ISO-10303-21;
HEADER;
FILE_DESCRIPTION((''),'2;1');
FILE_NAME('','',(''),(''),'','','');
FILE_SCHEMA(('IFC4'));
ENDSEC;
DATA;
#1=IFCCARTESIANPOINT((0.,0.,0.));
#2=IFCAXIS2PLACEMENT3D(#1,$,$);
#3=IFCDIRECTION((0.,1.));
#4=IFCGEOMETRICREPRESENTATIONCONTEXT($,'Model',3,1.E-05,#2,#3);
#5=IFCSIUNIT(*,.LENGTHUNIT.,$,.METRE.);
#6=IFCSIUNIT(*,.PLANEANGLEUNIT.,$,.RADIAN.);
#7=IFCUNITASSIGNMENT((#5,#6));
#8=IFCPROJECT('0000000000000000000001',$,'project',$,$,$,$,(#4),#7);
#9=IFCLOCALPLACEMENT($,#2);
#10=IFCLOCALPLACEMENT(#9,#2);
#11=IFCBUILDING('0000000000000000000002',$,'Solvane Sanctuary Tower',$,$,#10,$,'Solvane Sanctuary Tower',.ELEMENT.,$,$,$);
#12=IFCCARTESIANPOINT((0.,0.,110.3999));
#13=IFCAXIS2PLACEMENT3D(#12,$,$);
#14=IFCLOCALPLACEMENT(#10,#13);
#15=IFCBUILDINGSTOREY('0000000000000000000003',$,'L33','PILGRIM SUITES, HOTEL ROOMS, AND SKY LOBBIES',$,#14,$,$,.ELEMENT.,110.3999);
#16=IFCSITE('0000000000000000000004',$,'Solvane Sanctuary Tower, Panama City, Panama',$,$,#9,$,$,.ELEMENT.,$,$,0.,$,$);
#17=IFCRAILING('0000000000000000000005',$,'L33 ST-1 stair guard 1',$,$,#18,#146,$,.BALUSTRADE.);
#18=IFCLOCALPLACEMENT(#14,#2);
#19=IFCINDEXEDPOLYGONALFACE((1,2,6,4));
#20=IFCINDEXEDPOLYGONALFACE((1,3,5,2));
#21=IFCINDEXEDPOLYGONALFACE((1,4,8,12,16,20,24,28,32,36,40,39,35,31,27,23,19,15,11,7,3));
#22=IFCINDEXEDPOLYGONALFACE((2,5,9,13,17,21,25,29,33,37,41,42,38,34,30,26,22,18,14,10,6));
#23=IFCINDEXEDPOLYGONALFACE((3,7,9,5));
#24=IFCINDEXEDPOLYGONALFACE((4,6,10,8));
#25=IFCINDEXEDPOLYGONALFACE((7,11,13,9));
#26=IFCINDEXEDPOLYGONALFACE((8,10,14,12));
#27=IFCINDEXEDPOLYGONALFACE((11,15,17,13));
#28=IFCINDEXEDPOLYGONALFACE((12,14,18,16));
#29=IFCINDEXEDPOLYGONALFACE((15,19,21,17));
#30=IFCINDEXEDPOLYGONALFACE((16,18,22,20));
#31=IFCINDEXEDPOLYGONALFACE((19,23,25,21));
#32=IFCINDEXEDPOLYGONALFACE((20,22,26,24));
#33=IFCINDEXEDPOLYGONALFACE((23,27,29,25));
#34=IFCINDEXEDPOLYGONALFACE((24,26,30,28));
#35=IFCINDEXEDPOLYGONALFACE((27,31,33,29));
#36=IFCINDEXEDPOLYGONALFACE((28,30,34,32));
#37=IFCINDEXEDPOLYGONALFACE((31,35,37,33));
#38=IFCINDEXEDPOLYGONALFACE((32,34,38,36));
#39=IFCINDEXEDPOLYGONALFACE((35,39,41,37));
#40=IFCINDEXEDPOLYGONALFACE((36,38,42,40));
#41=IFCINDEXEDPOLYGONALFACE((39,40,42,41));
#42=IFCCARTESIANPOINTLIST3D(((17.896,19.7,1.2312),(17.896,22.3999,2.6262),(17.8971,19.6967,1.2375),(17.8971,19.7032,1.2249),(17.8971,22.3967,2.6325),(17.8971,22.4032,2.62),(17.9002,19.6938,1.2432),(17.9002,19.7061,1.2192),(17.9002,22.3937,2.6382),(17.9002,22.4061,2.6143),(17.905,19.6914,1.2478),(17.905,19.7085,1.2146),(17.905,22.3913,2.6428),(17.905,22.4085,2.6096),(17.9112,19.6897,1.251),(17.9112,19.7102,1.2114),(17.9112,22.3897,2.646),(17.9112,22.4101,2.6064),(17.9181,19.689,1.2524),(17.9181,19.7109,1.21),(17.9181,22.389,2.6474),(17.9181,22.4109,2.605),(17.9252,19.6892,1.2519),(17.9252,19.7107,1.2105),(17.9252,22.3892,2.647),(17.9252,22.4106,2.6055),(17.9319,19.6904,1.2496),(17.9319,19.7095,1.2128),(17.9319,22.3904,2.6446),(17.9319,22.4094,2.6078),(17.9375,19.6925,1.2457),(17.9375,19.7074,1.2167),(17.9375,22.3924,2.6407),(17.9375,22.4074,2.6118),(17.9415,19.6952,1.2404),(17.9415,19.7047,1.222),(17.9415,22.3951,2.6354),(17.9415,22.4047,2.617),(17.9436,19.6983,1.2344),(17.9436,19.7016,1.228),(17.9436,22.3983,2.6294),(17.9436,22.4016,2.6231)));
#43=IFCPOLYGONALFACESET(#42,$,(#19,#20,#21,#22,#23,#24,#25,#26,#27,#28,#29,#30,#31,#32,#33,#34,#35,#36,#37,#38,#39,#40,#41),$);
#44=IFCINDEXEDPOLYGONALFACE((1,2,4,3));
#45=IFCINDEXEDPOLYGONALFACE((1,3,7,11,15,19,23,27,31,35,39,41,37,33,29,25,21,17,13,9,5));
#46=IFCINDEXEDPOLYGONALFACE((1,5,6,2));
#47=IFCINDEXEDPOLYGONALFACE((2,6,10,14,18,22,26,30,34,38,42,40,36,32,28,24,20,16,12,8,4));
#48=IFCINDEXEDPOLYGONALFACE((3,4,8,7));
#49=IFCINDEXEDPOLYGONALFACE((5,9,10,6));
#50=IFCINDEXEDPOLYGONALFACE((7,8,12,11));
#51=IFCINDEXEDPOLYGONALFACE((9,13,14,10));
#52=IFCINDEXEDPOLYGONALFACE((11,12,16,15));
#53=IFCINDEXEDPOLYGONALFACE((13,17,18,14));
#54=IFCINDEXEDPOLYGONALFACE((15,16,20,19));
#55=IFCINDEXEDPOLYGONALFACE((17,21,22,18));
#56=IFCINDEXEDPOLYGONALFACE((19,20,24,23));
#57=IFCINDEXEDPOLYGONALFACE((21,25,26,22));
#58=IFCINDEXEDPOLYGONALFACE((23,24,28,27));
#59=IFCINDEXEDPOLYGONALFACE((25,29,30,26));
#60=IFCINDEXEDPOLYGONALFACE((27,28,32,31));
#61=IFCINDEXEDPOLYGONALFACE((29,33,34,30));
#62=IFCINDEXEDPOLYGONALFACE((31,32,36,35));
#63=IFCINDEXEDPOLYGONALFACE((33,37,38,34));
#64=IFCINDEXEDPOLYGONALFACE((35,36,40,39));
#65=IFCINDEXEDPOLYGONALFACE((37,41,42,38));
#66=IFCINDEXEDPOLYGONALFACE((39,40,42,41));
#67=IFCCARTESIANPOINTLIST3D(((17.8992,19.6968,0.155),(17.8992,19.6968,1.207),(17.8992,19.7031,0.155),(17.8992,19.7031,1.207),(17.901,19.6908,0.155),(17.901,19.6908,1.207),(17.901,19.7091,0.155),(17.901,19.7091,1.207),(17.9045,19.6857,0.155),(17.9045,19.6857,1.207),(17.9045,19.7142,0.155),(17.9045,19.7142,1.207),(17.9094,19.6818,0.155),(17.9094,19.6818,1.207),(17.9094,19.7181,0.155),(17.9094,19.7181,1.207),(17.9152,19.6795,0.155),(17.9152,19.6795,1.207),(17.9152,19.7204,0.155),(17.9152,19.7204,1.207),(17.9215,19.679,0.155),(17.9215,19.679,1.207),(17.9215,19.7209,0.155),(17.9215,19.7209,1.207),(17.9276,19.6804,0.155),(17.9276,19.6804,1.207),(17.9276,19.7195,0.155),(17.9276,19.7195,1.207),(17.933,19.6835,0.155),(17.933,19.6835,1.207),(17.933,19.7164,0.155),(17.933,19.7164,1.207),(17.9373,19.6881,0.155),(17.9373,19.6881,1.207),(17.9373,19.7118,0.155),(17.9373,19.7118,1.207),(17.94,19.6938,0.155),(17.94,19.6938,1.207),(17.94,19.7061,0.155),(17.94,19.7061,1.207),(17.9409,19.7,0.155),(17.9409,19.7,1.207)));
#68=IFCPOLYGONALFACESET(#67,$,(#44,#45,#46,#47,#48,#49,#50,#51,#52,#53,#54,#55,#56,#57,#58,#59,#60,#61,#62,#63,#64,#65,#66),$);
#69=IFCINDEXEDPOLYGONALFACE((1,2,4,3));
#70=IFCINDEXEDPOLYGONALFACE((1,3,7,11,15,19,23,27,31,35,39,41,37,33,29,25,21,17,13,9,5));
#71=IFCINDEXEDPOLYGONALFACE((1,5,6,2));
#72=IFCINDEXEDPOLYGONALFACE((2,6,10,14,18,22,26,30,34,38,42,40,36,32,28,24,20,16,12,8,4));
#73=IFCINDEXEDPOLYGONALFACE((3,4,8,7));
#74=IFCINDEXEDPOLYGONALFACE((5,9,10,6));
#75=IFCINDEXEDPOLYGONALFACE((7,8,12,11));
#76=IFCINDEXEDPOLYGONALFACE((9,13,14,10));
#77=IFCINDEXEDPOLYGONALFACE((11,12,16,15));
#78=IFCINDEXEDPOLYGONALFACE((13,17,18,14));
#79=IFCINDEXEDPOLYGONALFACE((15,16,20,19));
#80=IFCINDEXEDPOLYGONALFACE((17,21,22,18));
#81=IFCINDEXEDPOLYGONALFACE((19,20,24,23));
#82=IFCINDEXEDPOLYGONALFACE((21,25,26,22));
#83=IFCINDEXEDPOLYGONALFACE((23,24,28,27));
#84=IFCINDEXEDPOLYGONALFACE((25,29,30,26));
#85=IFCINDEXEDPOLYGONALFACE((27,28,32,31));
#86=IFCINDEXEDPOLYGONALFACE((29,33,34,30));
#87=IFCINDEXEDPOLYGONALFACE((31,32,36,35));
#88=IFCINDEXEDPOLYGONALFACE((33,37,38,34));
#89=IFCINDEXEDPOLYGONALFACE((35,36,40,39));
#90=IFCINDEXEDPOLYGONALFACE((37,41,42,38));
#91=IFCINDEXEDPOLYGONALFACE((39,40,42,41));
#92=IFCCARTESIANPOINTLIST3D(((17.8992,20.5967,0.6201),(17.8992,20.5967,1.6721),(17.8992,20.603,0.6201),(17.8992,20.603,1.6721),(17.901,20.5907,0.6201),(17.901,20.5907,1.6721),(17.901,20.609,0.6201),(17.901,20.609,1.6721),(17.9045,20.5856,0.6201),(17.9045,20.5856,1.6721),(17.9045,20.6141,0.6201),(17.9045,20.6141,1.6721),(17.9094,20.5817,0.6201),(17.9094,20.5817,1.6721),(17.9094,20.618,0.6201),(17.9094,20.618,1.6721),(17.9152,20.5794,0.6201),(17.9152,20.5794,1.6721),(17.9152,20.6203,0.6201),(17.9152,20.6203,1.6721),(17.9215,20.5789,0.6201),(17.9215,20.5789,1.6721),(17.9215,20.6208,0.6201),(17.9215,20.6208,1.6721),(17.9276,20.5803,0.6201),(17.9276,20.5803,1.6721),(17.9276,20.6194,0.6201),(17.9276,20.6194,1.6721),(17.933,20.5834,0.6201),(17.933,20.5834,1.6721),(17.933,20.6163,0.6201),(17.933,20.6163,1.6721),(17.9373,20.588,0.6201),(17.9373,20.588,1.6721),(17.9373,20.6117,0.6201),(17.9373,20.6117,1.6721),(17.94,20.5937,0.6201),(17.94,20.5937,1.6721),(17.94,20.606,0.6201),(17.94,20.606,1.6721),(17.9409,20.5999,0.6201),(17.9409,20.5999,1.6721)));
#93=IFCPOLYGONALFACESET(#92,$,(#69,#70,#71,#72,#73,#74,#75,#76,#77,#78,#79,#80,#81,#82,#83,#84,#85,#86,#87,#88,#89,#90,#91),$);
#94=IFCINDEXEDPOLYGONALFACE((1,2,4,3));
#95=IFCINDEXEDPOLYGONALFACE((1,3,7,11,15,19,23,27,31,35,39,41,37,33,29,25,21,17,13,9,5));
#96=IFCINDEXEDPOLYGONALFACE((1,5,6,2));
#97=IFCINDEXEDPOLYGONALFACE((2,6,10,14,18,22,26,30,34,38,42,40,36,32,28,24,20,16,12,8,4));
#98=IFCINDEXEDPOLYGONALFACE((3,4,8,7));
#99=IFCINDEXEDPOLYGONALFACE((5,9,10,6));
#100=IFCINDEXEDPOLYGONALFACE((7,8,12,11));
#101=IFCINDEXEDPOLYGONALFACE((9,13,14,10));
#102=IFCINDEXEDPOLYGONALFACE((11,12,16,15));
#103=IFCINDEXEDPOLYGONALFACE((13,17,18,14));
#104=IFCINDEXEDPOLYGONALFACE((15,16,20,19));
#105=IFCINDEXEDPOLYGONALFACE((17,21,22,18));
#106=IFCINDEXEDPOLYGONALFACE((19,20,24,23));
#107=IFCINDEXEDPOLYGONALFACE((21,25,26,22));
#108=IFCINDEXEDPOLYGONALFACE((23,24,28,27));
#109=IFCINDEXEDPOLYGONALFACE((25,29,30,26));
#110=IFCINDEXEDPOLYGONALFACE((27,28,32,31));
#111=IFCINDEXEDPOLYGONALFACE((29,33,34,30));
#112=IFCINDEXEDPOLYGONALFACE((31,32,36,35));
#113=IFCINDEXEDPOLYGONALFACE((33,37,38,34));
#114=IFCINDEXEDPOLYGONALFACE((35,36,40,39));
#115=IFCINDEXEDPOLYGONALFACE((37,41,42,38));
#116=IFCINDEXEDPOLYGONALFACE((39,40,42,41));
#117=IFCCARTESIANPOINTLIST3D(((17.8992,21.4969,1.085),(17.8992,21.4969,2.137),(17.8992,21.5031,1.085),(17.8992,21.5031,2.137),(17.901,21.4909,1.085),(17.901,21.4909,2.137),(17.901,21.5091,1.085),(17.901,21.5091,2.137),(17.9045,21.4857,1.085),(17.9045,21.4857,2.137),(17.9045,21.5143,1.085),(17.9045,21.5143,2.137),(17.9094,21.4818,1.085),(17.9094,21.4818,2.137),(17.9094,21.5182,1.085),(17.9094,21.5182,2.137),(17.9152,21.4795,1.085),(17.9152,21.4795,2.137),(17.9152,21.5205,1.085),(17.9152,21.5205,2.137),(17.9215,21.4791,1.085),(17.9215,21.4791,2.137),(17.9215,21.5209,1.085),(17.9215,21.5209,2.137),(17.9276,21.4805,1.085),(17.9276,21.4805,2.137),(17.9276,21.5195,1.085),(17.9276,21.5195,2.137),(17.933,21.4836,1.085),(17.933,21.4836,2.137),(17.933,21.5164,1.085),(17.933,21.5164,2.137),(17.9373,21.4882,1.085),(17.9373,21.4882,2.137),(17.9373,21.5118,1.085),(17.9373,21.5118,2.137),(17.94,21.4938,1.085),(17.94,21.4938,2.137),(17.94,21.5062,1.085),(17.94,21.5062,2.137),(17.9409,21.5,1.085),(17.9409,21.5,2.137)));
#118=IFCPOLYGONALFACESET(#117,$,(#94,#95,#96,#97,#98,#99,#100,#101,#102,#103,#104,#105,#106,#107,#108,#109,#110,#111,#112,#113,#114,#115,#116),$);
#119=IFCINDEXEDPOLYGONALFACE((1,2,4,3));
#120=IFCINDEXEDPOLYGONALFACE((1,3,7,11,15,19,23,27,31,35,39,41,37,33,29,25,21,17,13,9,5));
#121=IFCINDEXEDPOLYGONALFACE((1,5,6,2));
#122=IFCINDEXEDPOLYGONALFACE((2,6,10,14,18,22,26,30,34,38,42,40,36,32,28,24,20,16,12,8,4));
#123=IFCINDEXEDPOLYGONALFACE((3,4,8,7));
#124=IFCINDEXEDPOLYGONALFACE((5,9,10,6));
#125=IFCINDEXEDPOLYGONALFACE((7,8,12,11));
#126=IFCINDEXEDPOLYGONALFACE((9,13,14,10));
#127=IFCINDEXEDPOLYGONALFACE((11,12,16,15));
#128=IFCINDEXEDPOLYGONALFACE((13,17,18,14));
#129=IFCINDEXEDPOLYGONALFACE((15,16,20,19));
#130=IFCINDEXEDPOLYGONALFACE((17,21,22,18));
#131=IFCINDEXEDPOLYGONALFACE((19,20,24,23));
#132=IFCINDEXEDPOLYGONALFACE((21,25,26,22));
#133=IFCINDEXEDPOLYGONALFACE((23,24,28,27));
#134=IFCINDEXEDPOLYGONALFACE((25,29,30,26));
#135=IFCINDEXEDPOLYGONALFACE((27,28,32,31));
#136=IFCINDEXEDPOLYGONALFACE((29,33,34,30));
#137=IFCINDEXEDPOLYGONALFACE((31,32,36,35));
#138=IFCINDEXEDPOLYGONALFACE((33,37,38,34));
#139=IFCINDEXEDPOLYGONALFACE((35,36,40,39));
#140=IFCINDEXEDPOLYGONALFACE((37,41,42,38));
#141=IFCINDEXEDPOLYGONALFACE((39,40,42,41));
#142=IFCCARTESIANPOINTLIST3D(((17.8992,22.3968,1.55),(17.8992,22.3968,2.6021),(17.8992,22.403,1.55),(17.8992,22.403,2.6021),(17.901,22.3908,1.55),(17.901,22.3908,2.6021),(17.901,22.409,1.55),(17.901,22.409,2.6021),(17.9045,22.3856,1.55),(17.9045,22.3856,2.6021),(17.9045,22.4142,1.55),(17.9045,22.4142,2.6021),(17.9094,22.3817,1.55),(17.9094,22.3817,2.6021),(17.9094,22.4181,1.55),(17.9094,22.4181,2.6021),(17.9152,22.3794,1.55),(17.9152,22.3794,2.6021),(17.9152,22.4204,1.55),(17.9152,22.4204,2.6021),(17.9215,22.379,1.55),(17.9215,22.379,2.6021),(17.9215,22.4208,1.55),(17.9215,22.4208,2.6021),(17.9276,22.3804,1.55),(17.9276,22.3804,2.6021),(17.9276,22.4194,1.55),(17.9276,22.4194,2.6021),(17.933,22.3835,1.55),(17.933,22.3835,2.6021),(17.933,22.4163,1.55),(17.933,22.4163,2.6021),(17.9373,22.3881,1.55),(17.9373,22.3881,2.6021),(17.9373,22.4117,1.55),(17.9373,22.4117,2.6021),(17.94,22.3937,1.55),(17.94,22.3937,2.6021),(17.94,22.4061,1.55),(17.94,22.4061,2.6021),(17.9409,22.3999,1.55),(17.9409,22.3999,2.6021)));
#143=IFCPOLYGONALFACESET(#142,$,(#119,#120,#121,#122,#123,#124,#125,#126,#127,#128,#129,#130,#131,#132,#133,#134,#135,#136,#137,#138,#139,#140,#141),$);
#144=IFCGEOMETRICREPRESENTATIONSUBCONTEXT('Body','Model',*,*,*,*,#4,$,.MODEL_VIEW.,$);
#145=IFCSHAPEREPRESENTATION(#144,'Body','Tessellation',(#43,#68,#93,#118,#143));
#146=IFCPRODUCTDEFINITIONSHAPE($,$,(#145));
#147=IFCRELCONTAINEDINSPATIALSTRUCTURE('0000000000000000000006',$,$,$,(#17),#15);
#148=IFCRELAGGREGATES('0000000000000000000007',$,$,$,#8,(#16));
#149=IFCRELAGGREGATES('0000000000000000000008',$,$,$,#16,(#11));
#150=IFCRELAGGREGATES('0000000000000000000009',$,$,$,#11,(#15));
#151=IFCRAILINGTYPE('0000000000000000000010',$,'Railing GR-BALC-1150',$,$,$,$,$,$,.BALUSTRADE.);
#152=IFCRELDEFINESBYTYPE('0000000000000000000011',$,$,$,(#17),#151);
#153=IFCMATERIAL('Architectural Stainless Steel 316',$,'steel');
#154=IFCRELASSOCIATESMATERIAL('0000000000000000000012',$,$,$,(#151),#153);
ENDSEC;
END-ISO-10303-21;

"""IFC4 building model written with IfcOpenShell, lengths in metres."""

from ifc_helpers import new_model, si_unit, direction, frame, origin, origin_2d, place, context, subcontext, project, spatial, circle, extrude, material, type_object, element, save


model = new_model("IFC4")

# Units and contexts
model_context = context("Model", 3, precision=1e-05, world=origin(), true_north=direction((0.0, 1.0)))
body_context = subcontext(model_context, "Body", "Model", "MODEL_VIEW")
ifc_project = project(units=[si_unit("LENGTHUNIT", "METRE"), si_unit("PLANEANGLEUNIT", "RADIAN")], contexts=[model_context])

# Site, building, storey
site_placement = place(None, origin())
site = spatial("IfcSite", under=ifc_project, at=site_placement, Name="Solvane Sanctuary Tower, Panama City, Panama", CompositionType="ELEMENT", RefElevation=0.0)
building_placement = place(site_placement, origin())
building = spatial("IfcBuilding", under=site, at=building_placement, Name="Solvane Sanctuary Tower", LongName="Solvane Sanctuary Tower", CompositionType="ELEMENT")
storey_placement = place(building_placement, frame((0.0, 0.0, 110.3999)))
storey = spatial("IfcBuildingStorey", under=building, at=storey_placement, Name="L33", Description="PILGRIM SUITES, HOTEL ROOMS, AND SKY LOBBIES", CompositionType="ELEMENT", Elevation=110.3999)

# Shared definitions
ifc_material_1 = material(Name="Architectural Stainless Steel 316", Category="steel")

# Railing
railing_type_1 = type_object("IfcRailingType", Name="Railing GR-BALC-1150", PredefinedType="BALUSTRADE", material=ifc_material_1)
railing_1_placement = place(storey_placement, frame((17.9199, 19.7, 0.155)))
element("IfcRailing", 1, at=railing_1_placement, inside=storey, type_object=railing_type_1, Name="L33 ST-1 stair guard 1", PredefinedType="BALUSTRADE", context=body_context, shape_type="SweptSolid", body=[
    extrude(circle(Radius=0.0239, at=origin_2d()), frame((0.0, 0.0, 1.0762), z_axis=(0.0, 0.88842, 0.459032), x_axis=(-1.0, 0.0, 0.0)), (0.0, 0.0, 1.0), 3.0391),
    extrude(circle(Radius=0.021, at=origin_2d()), origin(), (0.0, 0.0, 1.0), 1.052),
    extrude(circle(Radius=0.021, at=origin_2d()), frame((0.0, 0.8999, 0.4651)), (0.0, 0.0, 1.0), 1.052),
    extrude(circle(Radius=0.021, at=origin_2d()), frame((0.0, 1.8, 0.9299)), (0.0, 0.0, 1.0), 1.052),
    extrude(circle(Radius=0.021, at=origin_2d()), frame((0.0, 2.7, 1.395)), (0.0, 0.0, 1.0), 1.052),
])

save(model, "model.ifc")
